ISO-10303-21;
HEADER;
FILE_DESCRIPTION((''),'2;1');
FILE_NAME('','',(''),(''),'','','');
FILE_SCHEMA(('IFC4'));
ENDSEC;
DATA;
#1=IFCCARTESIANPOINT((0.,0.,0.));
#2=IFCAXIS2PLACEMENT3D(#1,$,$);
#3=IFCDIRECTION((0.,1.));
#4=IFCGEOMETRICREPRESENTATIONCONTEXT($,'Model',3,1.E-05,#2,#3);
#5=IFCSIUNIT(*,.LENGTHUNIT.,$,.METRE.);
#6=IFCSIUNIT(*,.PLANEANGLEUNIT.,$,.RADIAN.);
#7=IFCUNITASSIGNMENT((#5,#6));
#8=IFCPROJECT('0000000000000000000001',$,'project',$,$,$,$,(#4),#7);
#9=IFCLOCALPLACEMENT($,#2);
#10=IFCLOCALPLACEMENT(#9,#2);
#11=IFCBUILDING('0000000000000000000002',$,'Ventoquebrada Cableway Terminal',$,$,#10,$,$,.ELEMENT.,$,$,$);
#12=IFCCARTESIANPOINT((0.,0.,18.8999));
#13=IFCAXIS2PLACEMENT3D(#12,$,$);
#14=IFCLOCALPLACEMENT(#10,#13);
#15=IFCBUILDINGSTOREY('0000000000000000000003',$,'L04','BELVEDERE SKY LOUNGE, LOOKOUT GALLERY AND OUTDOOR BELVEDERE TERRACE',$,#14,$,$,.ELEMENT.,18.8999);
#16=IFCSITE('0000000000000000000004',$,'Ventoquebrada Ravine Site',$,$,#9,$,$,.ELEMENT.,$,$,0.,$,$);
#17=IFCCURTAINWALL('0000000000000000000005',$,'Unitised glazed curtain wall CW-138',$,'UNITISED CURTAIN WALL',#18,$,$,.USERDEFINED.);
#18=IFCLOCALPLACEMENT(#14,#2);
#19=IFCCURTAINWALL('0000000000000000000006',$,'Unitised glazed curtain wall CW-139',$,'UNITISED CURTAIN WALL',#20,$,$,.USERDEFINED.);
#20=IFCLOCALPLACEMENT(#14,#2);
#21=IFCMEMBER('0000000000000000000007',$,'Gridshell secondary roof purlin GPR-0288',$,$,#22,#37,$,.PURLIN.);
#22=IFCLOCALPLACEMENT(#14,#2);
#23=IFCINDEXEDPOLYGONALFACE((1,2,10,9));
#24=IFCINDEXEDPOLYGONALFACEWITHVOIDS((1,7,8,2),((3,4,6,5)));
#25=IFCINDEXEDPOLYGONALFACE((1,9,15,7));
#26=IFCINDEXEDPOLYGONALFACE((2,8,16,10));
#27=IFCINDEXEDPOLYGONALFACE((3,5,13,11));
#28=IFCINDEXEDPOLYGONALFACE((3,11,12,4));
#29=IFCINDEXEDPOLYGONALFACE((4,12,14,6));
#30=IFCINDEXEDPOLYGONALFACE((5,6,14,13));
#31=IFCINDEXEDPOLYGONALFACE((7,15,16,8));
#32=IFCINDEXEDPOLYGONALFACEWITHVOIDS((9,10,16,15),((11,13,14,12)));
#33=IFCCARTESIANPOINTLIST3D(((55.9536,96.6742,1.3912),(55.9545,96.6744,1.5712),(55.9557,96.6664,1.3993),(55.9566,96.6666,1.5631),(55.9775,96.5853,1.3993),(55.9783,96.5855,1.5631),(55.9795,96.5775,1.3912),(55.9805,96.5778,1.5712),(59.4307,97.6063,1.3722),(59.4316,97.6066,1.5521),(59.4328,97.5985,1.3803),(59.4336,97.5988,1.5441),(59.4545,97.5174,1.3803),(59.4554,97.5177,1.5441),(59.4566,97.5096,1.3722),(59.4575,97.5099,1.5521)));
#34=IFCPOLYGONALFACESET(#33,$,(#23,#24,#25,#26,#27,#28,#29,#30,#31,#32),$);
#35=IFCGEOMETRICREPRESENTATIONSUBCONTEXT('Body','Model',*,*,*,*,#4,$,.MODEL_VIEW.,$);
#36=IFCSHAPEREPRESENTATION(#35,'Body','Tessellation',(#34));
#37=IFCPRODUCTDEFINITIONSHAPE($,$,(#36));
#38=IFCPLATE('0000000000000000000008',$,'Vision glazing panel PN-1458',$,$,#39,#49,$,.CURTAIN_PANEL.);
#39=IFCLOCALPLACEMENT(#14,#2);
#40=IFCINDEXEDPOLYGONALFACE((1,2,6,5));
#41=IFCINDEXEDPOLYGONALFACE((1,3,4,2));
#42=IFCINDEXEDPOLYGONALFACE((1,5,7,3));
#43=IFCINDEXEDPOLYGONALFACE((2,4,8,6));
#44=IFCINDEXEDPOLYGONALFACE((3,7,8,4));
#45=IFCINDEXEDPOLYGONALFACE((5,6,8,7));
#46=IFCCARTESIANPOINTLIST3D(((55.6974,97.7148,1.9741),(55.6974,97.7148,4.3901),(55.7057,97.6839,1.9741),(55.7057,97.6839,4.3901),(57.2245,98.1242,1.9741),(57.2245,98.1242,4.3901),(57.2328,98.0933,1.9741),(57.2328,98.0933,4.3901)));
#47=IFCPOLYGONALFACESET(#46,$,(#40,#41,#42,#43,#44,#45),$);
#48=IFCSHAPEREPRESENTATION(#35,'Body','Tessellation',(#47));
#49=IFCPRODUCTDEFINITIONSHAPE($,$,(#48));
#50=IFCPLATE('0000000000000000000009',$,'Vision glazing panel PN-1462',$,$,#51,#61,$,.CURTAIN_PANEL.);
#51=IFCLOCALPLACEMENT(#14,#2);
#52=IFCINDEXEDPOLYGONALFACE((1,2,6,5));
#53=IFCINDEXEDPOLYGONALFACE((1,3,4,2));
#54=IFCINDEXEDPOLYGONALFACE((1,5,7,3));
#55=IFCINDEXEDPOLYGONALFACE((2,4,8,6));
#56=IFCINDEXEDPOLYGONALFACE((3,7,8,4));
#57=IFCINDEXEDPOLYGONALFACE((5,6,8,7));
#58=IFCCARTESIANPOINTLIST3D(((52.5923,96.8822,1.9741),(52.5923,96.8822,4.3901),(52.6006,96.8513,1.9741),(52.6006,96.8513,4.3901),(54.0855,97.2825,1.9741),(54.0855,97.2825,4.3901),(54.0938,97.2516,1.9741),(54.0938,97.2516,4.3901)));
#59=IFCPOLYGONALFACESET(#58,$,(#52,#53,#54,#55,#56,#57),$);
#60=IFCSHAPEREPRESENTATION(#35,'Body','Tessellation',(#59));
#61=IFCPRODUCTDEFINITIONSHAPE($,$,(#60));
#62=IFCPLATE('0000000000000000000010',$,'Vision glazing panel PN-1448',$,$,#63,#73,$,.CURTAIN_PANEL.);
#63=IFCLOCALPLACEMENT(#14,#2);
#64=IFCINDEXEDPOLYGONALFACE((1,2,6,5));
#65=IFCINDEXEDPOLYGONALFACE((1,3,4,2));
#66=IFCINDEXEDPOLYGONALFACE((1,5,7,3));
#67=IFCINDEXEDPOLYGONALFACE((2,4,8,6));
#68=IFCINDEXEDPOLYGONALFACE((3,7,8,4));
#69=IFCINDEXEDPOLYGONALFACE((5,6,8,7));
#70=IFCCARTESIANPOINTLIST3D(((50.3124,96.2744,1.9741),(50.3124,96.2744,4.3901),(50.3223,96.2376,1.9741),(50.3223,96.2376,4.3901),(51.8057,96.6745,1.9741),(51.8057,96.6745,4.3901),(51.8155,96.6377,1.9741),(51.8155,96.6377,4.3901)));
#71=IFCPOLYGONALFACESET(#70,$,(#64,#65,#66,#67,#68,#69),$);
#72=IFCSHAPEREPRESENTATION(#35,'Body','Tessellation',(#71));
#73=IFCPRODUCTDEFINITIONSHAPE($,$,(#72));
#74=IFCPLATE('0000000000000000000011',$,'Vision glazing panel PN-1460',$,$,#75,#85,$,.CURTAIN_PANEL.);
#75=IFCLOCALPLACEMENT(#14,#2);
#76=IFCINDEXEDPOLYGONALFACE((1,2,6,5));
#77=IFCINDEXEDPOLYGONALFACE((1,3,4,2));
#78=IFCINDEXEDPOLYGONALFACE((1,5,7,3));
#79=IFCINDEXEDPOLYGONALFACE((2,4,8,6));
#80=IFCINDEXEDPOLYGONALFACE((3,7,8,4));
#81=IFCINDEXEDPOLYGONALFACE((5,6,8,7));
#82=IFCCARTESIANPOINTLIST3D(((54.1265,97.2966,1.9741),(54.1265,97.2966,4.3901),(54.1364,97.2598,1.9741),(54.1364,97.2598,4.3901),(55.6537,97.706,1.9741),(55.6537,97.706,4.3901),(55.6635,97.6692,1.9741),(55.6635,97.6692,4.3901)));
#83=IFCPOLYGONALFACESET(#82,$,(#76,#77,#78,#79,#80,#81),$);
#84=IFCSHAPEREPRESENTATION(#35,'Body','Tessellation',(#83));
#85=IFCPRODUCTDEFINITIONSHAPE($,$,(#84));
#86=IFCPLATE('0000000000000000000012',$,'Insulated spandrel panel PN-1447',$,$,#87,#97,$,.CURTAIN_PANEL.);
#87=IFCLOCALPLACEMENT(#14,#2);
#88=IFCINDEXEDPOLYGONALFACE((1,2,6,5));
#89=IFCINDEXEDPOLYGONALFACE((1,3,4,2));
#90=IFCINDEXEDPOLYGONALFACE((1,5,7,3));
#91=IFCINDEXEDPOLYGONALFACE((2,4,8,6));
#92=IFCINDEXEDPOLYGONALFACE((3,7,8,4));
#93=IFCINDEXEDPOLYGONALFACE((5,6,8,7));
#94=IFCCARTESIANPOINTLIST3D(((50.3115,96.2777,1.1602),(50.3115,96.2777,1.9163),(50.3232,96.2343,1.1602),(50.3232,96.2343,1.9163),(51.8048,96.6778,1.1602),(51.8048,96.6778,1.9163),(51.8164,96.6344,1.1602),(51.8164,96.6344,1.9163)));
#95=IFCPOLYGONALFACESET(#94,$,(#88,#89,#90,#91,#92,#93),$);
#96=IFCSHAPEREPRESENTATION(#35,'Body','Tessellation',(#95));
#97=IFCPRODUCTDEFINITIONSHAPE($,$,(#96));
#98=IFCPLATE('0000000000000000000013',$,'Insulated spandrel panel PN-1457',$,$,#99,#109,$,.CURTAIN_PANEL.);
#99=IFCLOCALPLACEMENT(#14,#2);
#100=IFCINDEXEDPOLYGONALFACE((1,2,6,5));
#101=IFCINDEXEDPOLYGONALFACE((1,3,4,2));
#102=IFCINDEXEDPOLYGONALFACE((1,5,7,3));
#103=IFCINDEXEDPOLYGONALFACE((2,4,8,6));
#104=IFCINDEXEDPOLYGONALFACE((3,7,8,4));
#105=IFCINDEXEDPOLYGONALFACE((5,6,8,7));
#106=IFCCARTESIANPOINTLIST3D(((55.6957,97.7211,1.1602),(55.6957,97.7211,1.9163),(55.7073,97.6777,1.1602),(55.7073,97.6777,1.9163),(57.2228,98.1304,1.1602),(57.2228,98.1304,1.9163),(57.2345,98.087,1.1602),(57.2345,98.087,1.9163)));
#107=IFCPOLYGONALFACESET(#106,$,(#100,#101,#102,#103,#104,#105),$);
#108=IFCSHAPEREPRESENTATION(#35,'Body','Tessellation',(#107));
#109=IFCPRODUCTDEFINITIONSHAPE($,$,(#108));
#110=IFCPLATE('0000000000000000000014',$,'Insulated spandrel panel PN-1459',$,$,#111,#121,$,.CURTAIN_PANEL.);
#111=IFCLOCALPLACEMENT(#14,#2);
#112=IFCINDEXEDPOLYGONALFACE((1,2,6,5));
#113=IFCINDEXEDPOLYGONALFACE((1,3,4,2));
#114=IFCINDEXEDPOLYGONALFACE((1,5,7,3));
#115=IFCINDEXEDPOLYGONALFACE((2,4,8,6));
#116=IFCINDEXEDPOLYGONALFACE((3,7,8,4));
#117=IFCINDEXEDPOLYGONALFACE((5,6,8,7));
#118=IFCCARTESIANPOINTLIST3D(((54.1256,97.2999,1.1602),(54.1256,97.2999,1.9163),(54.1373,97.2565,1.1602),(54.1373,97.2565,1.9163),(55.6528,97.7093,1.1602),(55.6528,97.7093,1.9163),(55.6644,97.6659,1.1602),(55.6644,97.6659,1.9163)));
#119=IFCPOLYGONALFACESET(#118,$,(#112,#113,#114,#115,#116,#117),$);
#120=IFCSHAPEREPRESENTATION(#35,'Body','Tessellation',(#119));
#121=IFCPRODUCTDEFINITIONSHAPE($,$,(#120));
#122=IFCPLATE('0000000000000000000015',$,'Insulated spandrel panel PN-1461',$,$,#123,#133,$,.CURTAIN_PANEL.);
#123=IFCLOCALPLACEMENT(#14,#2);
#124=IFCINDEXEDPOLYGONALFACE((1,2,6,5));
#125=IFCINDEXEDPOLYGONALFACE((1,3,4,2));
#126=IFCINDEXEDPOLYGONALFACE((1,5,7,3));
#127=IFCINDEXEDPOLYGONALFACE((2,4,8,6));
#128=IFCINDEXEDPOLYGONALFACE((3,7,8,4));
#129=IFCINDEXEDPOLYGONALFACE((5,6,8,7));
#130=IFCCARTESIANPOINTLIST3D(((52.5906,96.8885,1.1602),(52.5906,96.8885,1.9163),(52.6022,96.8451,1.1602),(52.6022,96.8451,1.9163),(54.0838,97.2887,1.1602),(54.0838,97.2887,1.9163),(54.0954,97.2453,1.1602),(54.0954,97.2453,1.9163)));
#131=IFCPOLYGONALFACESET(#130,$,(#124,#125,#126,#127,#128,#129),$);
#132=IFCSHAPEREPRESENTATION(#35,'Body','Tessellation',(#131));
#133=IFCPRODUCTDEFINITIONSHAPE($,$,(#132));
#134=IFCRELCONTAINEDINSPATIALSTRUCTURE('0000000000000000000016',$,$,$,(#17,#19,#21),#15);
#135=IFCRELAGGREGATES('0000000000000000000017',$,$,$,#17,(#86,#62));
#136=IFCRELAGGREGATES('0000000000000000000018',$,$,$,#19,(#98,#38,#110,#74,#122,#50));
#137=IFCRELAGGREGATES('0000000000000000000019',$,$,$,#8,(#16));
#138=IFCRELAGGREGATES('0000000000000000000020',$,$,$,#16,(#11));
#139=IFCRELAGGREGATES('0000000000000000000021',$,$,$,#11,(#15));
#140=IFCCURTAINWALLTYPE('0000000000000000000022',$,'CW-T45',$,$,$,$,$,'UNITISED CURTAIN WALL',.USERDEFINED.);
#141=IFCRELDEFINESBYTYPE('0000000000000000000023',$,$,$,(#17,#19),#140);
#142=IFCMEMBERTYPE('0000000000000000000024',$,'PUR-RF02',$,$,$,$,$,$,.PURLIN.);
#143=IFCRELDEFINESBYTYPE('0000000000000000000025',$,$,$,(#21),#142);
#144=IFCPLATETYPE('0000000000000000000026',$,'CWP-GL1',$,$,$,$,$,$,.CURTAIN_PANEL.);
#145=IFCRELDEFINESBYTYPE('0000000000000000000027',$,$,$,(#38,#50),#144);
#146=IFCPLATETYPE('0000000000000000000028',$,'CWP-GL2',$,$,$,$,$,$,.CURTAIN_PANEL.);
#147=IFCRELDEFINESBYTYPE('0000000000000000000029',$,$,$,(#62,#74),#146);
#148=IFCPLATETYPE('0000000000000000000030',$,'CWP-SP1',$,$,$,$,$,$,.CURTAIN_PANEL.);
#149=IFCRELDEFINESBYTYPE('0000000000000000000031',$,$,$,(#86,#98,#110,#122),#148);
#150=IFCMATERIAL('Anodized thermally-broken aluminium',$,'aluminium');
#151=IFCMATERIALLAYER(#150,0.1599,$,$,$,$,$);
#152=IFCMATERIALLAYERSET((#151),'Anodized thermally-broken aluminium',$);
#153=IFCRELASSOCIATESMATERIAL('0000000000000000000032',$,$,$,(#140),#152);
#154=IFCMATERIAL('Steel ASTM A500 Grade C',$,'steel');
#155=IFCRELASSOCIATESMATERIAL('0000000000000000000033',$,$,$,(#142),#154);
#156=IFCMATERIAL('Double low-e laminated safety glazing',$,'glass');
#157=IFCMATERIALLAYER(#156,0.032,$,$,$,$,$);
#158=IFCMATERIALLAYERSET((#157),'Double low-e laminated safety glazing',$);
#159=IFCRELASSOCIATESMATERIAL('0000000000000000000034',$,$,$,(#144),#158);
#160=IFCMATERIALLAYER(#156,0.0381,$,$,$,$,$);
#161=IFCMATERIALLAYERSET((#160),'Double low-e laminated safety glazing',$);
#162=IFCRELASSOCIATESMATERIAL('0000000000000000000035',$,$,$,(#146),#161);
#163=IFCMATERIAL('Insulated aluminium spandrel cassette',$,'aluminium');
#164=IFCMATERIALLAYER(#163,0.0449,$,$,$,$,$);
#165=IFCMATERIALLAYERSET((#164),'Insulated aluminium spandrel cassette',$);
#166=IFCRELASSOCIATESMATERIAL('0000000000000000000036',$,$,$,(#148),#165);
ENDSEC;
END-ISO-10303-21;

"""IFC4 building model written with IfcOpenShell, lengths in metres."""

from ifc_helpers import new_model, si_unit, direction, frame, origin, origin_2d, place, context, subcontext, project, spatial, rectangle, hollow_rectangle, extrude, material, layer, layer_set, material_profile, profile_set, type_object, element, aggregate, save


model = new_model("IFC4")

# Units and contexts
model_context = context("Model", 3, precision=1e-05, world=origin(), true_north=direction((0.0, 1.0)))
body_context = subcontext(model_context, "Body", "Model", "MODEL_VIEW")
ifc_project = project(units=[si_unit("LENGTHUNIT", "METRE"), si_unit("PLANEANGLEUNIT", "RADIAN")], contexts=[model_context])

# Site, building, storey
site_placement = place(None, origin())
site = spatial("IfcSite", under=ifc_project, at=site_placement, Name="Ventoquebrada Ravine Site", CompositionType="ELEMENT", RefElevation=0.0)
building_placement = place(site_placement, origin())
building = spatial("IfcBuilding", under=site, at=building_placement, Name="Ventoquebrada Cableway Terminal", CompositionType="ELEMENT")
storey_placement = place(building_placement, frame((0.0, 0.0, 18.8999)))
storey = spatial("IfcBuildingStorey", under=building, at=storey_placement, Name="L04", Description="BELVEDERE SKY LOUNGE, LOOKOUT GALLERY AND OUTDOOR BELVEDERE TERRACE", CompositionType="ELEMENT", Elevation=18.8999)

# Shared definitions
ifc_material_1 = material(Name="Steel ASTM A500 Grade C", Category="steel")

# Curtain wall
ifc_material_2 = material(Name="Anodized thermally-broken aluminium", Category="aluminium")
ifc_layer_1 = layer(ifc_material_2, 0.1599)
ifc_layer_set_1 = layer_set([ifc_layer_1], Name="Anodized thermally-broken aluminium")
curtain_wall_type = type_object("IfcCurtainWallType", Name="CW-T45", ElementType="UNITISED CURTAIN WALL", PredefinedType="USERDEFINED", material=ifc_layer_set_1)
curtain_wall_1_placement = place(storey_placement, origin())
curtain_wall_1 = element("IfcCurtainWall", 1, at=curtain_wall_1_placement, inside=storey, type_object=curtain_wall_type, Name="Unitised glazed curtain wall CW-138", ObjectType="UNITISED CURTAIN WALL", PredefinedType="USERDEFINED")

# Curtain wall
curtain_wall_2_placement = place(storey_placement, origin())
curtain_wall_2 = element("IfcCurtainWall", 2, at=curtain_wall_2_placement, inside=storey, type_object=curtain_wall_type, Name="Unitised glazed curtain wall CW-139", ObjectType="UNITISED CURTAIN WALL", PredefinedType="USERDEFINED")

# Member
ifc_material_profile_1 = material_profile(ifc_material_1, hollow_rectangle(XDim=0.1001, YDim=0.1799, WallThickness=0.0081, at=origin_2d()), Name="RHS180X100X8")
ifc_profile_set_1 = profile_set([ifc_material_profile_1], Name="Steel ASTM A500 Grade C")
member_type_1 = type_object("IfcMemberType", Name="PUR-RF02", PredefinedType="PURLIN", material=ifc_profile_set_1)
member_1_placement = place(storey_placement, frame((55.967, 96.626, 1.4812), z_axis=(0.965881, 0.258934, -0.00529), x_axis=(-0.258937, 0.965894, 0.0)))
element("IfcMember", 3, at=member_1_placement, inside=storey, type_object=member_type_1, Name="Gridshell secondary roof purlin GPR-0288", PredefinedType="PURLIN", context=body_context, shape_type="SweptSolid", body=[
    extrude(hollow_rectangle(XDim=0.1001, YDim=0.1799, WallThickness=0.0081, at=origin_2d()), origin(), (0.0, 0.0, 1.0), 3.5999),
])

# Plates
ifc_material_3 = material(Name="Double low-e laminated safety glazing", Category="glass")
ifc_layer_2 = layer(ifc_material_3, 0.032)
ifc_layer_set_2 = layer_set([ifc_layer_2], Name="Double low-e laminated safety glazing")
plate_type_1 = type_object("IfcPlateType", Name="CWP-GL1", PredefinedType="CURTAIN_PANEL", material=ifc_layer_set_2)
plate_1_placement = place(storey_placement, frame((56.4651, 97.9041, 1.9741), z_axis=(0.0, 0.0, 1.0), x_axis=(-0.965903, -0.258903, 0.0)))
plate_1 = element("IfcPlate", 4, at=plate_1_placement, type_object=plate_type_1, Name="Vision glazing panel PN-1458", PredefinedType="CURTAIN_PANEL", context=body_context, shape_type="SweptSolid", body=[
    extrude(rectangle(XDim=1.5811, YDim=0.032, at=origin_2d()), origin(), (0.0, 0.0, 1.0), 2.416),
])
plate_2_placement = place(storey_placement, frame((53.343, 97.0669, 1.9741), z_axis=(0.0, 0.0, 1.0), x_axis=(-0.965903, -0.258903, 0.0)))
plate_2 = element("IfcPlate", 5, at=plate_2_placement, type_object=plate_type_1, Name="Vision glazing panel PN-1462", PredefinedType="CURTAIN_PANEL", context=body_context, shape_type="SweptSolid", body=[
    extrude(rectangle(XDim=1.5459, YDim=0.032, at=origin_2d()), origin(), (0.0, 0.0, 1.0), 2.416),
])
ifc_layer_3 = layer(ifc_material_3, 0.0381)
ifc_layer_set_3 = layer_set([ifc_layer_3], Name="Double low-e laminated safety glazing")
plate_type_2 = type_object("IfcPlateType", Name="CWP-GL2", PredefinedType="CURTAIN_PANEL", material=ifc_layer_set_3)
plate_3_placement = place(storey_placement, frame((51.064, 96.4561, 1.9741), z_axis=(0.0, 0.0, 1.0), x_axis=(-0.965935, -0.258785, 0.0)))
plate_3 = element("IfcPlate", 6, at=plate_3_placement, type_object=plate_type_2, Name="Vision glazing panel PN-1448", PredefinedType="CURTAIN_PANEL", context=body_context, shape_type="SweptSolid", body=[
    extrude(rectangle(XDim=1.5459, YDim=0.0381, at=origin_2d()), origin(), (0.0, 0.0, 1.0), 2.416),
])
plate_4_placement = place(storey_placement, frame((54.895, 97.4829, 1.9741), z_axis=(0.0, 0.0, 1.0), x_axis=(-0.965903, -0.258903, 0.0)))
plate_4 = element("IfcPlate", 7, at=plate_4_placement, type_object=plate_type_2, Name="Vision glazing panel PN-1460", PredefinedType="CURTAIN_PANEL", context=body_context, shape_type="SweptSolid", body=[
    extrude(rectangle(XDim=1.5811, YDim=0.0381, at=origin_2d()), origin(), (0.0, 0.0, 1.0), 2.416),
])
ifc_material_4 = material(Name="Insulated aluminium spandrel cassette", Category="aluminium")
ifc_layer_4 = layer(ifc_material_4, 0.0449)
ifc_layer_set_4 = layer_set([ifc_layer_4], Name="Insulated aluminium spandrel cassette")
plate_type_3 = type_object("IfcPlateType", Name="CWP-SP1", PredefinedType="CURTAIN_PANEL", material=ifc_layer_set_4)
plate_5_placement = place(storey_placement, frame((51.064, 96.4561, 1.1602), z_axis=(0.0, 0.0, 1.0), x_axis=(-0.965935, -0.258785, 0.0)))
plate_5 = element("IfcPlate", 8, at=plate_5_placement, type_object=plate_type_3, Name="Insulated spandrel panel PN-1447", PredefinedType="CURTAIN_PANEL", context=body_context, shape_type="SweptSolid", body=[
    extrude(rectangle(XDim=1.5459, YDim=0.0449, at=origin_2d()), origin(), (0.0, 0.0, 1.0), 0.7561),
])
aggregate(curtain_wall_1, [plate_5, plate_3])
plate_6_placement = place(storey_placement, frame((56.4651, 97.9041, 1.1602), z_axis=(0.0, 0.0, 1.0), x_axis=(-0.965903, -0.258903, 0.0)))
plate_6 = element("IfcPlate", 9, at=plate_6_placement, type_object=plate_type_3, Name="Insulated spandrel panel PN-1457", PredefinedType="CURTAIN_PANEL", context=body_context, shape_type="SweptSolid", body=[
    extrude(rectangle(XDim=1.5811, YDim=0.0449, at=origin_2d()), origin(), (0.0, 0.0, 1.0), 0.7561),
])
plate_7_placement = place(storey_placement, frame((54.895, 97.4829, 1.1602), z_axis=(0.0, 0.0, 1.0), x_axis=(-0.965903, -0.258903, 0.0)))
plate_7 = element("IfcPlate", 10, at=plate_7_placement, type_object=plate_type_3, Name="Insulated spandrel panel PN-1459", PredefinedType="CURTAIN_PANEL", context=body_context, shape_type="SweptSolid", body=[
    extrude(rectangle(XDim=1.5811, YDim=0.0449, at=origin_2d()), origin(), (0.0, 0.0, 1.0), 0.7561),
])
plate_8_placement = place(storey_placement, frame((53.343, 97.0669, 1.1602), z_axis=(0.0, 0.0, 1.0), x_axis=(-0.965903, -0.258903, 0.0)))
plate_8 = element("IfcPlate", 11, at=plate_8_placement, type_object=plate_type_3, Name="Insulated spandrel panel PN-1461", PredefinedType="CURTAIN_PANEL", context=body_context, shape_type="SweptSolid", body=[
    extrude(rectangle(XDim=1.5459, YDim=0.0449, at=origin_2d()), origin(), (0.0, 0.0, 1.0), 0.7561),
])
aggregate(curtain_wall_2, [plate_6, plate_1, plate_7, plate_4, plate_8, plate_2])

save(model, "model.ifc")
